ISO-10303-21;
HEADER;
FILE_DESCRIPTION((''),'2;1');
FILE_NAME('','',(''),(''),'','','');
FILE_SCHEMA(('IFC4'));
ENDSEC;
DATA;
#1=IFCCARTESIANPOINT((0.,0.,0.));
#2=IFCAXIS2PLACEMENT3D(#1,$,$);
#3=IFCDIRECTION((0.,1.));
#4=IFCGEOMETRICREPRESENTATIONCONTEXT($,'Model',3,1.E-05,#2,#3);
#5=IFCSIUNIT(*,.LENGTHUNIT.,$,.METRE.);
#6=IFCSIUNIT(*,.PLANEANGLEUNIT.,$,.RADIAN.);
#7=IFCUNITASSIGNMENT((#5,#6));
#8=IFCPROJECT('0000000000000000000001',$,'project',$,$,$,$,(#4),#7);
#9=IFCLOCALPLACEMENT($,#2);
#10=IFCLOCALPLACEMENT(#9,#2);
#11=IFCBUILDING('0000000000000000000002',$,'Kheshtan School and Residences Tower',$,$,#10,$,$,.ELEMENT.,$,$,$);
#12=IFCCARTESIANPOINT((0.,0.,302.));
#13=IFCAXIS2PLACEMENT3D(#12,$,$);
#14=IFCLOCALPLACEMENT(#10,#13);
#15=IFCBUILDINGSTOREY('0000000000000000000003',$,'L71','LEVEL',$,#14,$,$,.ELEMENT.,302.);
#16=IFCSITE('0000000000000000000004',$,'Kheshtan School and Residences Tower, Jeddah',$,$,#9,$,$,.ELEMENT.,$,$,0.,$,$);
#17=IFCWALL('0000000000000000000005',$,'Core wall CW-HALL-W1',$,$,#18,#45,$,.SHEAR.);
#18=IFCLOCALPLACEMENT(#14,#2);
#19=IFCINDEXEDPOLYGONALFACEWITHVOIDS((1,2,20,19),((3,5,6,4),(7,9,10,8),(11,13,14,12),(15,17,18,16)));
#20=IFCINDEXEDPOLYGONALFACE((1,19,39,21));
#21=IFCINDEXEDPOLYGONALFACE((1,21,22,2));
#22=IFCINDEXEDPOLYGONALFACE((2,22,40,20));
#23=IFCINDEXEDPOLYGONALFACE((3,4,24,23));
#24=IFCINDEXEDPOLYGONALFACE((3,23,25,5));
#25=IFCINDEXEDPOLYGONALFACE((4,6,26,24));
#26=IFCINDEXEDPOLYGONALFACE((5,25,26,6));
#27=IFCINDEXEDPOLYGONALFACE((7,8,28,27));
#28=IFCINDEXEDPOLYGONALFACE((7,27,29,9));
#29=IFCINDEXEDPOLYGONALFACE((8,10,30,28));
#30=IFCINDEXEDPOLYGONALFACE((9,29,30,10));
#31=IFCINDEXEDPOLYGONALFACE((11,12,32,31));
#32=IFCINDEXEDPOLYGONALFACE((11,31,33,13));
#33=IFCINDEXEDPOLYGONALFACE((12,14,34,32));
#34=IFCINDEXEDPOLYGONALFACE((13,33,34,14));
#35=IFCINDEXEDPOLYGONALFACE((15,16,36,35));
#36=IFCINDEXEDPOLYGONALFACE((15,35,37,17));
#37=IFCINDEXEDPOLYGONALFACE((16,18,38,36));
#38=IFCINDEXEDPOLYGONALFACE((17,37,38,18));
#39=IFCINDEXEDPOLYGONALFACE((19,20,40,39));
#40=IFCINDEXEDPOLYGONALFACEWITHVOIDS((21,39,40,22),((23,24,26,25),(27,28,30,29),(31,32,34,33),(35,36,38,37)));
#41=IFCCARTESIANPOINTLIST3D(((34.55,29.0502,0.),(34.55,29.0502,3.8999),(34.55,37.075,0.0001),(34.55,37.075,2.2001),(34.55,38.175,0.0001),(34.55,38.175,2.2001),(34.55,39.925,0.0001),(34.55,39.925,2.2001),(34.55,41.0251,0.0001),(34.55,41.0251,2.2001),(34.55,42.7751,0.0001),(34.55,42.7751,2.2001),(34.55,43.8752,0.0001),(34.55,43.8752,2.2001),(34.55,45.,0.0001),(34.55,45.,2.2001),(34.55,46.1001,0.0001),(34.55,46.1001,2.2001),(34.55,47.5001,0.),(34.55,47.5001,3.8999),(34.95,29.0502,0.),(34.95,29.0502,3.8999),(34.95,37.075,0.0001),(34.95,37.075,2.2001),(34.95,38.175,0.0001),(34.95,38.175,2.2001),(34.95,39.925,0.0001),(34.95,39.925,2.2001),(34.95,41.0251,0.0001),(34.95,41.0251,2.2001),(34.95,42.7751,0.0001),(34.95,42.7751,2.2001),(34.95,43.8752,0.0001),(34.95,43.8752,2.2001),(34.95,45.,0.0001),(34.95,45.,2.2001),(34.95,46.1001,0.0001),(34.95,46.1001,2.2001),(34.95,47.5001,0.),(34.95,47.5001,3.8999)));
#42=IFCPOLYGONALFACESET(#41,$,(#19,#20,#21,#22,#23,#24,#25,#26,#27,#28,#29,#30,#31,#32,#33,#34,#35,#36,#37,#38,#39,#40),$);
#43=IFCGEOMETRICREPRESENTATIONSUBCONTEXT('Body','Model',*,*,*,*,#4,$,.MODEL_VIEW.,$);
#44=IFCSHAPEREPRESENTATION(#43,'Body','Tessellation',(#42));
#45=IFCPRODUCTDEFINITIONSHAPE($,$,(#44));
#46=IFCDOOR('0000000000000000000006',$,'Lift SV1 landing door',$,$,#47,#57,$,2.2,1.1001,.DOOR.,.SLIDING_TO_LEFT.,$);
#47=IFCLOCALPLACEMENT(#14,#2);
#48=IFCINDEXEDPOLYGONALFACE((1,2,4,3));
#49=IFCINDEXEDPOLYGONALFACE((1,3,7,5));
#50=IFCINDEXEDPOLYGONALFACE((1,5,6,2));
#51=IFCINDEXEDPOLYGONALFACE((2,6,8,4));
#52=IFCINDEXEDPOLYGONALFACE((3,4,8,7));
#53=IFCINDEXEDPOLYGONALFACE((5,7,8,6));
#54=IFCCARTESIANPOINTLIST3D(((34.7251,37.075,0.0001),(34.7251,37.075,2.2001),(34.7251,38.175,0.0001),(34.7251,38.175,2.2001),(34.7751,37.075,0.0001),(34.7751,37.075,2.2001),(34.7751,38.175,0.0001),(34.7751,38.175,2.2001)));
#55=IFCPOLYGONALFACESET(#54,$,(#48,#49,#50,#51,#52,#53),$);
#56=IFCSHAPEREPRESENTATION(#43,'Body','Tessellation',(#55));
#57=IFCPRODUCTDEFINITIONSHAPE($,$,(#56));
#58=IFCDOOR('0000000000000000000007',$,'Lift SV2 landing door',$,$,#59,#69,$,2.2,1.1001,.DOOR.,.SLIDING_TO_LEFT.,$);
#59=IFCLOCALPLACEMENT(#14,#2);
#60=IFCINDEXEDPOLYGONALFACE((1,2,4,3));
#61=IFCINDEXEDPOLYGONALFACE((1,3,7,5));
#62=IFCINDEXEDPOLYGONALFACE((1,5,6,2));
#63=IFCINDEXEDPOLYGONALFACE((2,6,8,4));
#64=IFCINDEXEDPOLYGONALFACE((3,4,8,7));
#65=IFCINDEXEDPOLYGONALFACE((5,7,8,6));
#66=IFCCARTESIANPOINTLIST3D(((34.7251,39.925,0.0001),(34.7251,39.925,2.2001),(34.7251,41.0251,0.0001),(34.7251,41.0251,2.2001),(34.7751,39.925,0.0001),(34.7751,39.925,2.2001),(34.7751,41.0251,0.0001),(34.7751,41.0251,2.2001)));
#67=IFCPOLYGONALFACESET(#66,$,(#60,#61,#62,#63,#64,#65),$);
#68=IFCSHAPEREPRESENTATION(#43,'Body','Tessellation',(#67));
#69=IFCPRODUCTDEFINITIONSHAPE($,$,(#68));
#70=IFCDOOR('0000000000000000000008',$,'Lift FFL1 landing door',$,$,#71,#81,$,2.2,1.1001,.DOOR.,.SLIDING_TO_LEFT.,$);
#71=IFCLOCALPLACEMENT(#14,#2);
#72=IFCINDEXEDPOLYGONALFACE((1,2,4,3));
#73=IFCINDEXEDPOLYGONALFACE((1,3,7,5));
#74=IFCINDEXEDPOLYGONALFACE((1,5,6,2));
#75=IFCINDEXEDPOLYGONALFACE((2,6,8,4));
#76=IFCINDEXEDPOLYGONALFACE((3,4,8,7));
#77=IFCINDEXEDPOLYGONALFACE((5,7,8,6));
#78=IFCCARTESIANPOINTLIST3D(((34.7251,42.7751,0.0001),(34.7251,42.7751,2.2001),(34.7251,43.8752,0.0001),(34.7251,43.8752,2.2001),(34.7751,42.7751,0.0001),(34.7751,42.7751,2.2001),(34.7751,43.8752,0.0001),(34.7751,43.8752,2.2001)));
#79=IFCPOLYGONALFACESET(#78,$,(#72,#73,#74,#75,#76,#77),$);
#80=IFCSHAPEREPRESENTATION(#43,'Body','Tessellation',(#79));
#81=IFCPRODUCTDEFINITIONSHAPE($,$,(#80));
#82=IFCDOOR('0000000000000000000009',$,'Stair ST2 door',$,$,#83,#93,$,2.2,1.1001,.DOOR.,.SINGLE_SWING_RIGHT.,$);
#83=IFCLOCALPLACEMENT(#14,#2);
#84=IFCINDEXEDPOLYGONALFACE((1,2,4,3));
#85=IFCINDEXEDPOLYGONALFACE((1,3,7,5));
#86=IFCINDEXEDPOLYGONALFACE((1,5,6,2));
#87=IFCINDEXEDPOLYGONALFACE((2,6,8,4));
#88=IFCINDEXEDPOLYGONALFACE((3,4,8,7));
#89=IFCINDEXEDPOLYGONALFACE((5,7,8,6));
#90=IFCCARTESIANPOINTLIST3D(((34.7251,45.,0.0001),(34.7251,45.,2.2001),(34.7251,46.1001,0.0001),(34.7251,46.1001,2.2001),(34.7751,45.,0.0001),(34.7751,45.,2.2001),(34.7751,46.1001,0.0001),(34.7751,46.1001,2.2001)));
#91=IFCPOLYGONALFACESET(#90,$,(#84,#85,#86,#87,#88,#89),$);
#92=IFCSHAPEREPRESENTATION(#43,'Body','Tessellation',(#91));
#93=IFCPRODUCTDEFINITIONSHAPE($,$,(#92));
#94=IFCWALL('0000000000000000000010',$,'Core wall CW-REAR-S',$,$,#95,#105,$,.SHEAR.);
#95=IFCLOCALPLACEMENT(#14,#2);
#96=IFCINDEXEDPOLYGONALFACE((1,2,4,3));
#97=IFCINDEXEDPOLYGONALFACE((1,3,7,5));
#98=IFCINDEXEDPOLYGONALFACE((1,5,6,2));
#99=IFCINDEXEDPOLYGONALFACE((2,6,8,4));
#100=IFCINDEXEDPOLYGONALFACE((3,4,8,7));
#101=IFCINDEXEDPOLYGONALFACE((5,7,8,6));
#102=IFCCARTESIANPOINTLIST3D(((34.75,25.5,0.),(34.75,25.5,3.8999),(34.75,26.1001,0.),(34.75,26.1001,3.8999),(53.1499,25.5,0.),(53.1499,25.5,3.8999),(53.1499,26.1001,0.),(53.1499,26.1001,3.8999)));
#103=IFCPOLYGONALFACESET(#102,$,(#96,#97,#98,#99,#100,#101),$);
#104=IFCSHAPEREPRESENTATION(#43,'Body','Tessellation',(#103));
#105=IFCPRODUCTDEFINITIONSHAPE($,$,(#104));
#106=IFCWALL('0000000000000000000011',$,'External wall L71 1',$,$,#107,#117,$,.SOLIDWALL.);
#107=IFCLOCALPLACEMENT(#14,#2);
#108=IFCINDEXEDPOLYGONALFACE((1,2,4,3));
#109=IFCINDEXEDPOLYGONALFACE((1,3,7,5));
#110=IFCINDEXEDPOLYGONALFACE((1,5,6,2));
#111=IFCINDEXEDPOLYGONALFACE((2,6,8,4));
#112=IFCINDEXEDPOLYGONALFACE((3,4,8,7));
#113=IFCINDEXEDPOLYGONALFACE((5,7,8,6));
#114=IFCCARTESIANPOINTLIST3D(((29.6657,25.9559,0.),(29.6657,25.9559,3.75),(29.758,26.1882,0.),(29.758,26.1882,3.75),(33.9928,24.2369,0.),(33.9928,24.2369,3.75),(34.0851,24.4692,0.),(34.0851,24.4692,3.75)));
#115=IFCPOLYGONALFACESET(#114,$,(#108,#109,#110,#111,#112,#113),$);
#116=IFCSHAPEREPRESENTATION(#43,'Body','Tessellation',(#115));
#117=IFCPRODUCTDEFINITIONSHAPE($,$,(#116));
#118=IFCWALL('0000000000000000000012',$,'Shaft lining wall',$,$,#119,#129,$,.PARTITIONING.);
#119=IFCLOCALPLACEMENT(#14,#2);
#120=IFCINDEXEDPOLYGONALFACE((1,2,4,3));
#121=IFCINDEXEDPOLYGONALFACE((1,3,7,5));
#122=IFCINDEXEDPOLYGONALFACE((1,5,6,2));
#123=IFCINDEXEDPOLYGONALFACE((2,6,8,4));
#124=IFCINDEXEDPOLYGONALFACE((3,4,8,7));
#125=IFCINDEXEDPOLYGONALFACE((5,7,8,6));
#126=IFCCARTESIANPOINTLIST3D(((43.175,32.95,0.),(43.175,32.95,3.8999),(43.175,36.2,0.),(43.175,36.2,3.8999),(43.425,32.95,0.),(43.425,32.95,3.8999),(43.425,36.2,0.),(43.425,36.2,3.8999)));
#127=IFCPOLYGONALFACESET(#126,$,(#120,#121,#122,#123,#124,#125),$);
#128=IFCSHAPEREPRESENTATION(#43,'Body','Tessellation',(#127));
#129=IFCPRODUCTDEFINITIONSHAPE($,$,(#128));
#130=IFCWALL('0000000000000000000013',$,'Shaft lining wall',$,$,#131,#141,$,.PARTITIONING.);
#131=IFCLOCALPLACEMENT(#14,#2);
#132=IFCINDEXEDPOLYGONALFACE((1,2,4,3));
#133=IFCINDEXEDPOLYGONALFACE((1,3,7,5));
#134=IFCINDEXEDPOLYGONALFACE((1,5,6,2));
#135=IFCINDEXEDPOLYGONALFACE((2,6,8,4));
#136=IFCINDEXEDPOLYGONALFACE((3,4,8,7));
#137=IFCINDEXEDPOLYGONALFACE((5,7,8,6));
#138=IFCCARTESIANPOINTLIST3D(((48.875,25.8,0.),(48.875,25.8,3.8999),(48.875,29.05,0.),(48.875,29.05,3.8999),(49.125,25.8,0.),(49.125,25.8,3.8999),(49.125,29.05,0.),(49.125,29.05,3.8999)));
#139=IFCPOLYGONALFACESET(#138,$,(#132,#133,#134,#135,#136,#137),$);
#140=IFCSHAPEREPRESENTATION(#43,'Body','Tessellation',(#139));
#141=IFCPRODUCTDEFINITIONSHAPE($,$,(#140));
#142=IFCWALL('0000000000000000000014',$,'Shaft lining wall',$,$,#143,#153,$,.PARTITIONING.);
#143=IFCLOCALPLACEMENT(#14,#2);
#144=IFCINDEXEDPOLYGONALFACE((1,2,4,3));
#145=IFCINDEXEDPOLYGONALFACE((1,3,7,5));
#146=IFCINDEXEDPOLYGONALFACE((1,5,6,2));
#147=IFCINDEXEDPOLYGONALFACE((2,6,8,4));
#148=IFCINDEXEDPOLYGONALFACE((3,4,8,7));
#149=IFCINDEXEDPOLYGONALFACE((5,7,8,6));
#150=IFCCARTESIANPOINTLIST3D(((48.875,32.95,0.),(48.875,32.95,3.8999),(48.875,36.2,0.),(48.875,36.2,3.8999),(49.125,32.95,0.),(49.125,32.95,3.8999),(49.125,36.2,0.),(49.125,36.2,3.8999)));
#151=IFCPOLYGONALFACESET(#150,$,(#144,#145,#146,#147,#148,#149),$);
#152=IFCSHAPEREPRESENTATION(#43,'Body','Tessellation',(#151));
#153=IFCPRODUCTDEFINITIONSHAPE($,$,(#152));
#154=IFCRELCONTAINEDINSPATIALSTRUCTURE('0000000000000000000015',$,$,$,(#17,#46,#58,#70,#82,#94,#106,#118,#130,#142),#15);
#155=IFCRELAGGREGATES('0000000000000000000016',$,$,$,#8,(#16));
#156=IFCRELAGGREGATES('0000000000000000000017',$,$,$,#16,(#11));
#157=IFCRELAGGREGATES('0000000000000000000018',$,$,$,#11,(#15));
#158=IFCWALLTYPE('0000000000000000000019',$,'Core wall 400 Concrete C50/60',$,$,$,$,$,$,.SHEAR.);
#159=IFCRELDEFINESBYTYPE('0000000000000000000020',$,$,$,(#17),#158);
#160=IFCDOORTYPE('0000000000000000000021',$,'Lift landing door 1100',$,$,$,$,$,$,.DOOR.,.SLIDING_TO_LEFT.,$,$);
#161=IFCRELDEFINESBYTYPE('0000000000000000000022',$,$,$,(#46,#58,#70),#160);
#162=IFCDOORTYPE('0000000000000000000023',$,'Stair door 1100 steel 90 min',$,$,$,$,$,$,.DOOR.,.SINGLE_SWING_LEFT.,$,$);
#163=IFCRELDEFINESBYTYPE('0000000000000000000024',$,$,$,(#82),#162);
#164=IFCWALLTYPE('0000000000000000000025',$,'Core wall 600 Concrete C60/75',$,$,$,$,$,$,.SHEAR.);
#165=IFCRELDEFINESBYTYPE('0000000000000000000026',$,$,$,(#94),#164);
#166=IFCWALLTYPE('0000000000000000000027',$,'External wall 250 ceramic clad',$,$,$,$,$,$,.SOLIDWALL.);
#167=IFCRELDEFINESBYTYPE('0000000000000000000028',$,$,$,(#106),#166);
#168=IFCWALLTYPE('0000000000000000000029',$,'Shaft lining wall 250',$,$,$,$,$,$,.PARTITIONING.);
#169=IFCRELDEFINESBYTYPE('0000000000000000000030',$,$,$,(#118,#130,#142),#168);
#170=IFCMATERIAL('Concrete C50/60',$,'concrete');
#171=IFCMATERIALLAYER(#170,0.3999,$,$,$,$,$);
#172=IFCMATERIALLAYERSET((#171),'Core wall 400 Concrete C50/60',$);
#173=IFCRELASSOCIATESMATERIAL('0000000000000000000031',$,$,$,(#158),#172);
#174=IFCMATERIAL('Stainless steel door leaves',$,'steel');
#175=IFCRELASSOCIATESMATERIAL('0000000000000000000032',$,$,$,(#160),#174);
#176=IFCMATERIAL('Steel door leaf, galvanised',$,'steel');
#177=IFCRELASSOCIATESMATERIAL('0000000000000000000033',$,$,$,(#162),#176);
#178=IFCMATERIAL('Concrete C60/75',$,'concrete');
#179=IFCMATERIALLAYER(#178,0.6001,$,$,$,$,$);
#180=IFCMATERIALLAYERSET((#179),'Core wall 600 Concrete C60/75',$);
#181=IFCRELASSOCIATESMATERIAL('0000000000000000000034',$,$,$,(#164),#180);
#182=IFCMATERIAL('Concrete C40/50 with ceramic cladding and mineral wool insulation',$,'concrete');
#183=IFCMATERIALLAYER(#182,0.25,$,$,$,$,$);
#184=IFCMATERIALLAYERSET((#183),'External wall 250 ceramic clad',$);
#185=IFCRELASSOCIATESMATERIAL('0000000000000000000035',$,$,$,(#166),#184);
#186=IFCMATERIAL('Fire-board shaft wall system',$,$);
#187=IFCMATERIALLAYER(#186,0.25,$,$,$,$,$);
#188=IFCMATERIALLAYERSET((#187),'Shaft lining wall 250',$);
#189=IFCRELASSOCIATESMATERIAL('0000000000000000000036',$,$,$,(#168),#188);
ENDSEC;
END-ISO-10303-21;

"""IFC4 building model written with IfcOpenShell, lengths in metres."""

from ifc_helpers import new_model, si_unit, direction, frame, frame_2d, origin, place, context, subcontext, project, spatial, rectangle, extrude, source, transform, mapped, material, layer, layer_set, type_object, element, fill, save


model = new_model("IFC4")

# Units and contexts
model_context = context("Model", 3, precision=1e-05, world=origin(), true_north=direction((0.0, 1.0)))
body_context = subcontext(model_context, "Body", "Model", "MODEL_VIEW")
ifc_project = project(units=[si_unit("LENGTHUNIT", "METRE"), si_unit("PLANEANGLEUNIT", "RADIAN")], contexts=[model_context])

# Site, building, storey
site_placement = place(None, origin())
site = spatial("IfcSite", under=ifc_project, at=site_placement, Name="Kheshtan School and Residences Tower, Jeddah", CompositionType="ELEMENT", RefElevation=0.0)
building_placement = place(site_placement, origin())
building = spatial("IfcBuilding", under=site, at=building_placement, Name="Kheshtan School and Residences Tower", CompositionType="ELEMENT")
storey_placement = place(building_placement, frame((0.0, 0.0, 302.0)))
storey = spatial("IfcBuildingStorey", under=building, at=storey_placement, Name="L71", Description="LEVEL", CompositionType="ELEMENT", Elevation=302.0)

# Wall, openings, doors
ifc_material_1 = material(Name="Concrete C50/60", Category="concrete")
ifc_layer_1 = layer(ifc_material_1, 0.3999)
ifc_layer_set_1 = layer_set([ifc_layer_1], Name="Core wall 400 Concrete C50/60")
wall_type_1 = type_object("IfcWallType", Name="Core wall 400 Concrete C50/60", PredefinedType="SHEAR", material=ifc_layer_set_1)
ifc_material_2 = material(Name="Stainless steel door leaves", Category="steel")
door_type_1 = type_object("IfcDoorType", Name="Lift landing door 1100", OperationType="SLIDING_TO_LEFT", PredefinedType="DOOR", material=ifc_material_2)
shared_shape_1 = source(origin(), body_context, "Body", "SweptSolid", [
    extrude(rectangle(XDim=1.1001, YDim=2.2, at=frame_2d((0.55, 1.1001))), frame((0.0, 0.0249, 0.0), z_axis=(0.0, -1.0, 0.0), x_axis=(1.0, 0.0, 0.0)), (0.0, 0.0, 1.0), 0.05),
])
ifc_material_3 = material(Name="Steel door leaf, galvanised", Category="steel")
wall_1_placement = place(storey_placement, frame((34.75, 29.05, 0.0), z_axis=(0.0, 0.0, 1.0), x_axis=(0.0, 1.0, 0.0)))
wall_1 = element("IfcWall", 1, at=wall_1_placement, inside=storey, type_object=wall_type_1, Name="Core wall CW-HALL-W1", PredefinedType="SHEAR", context=body_context, shape_type="SweptSolid", body=[
    extrude(rectangle(XDim=18.45, YDim=0.3999, at=frame_2d((9.2251, 0.0))), origin(), (0.0, 0.0, 1.0), 3.8999),
])
opening_1_placement = place(wall_1_placement, frame((8.0249, 0.0, 0.0)))
opening_1 = element("IfcOpeningElement", 2, at=opening_1_placement, cuts=wall_1, PredefinedType="OPENING", context=body_context, shape_type="SweptSolid", body=[
    extrude(rectangle(XDim=1.1001, YDim=2.2, at=frame_2d((0.55, 1.1001))), frame((0.0, 0.21, 0.0), z_axis=(0.0, -1.0, 0.0), x_axis=(1.0, 0.0, 0.0)), (0.0, 0.0, 1.0), 0.4199),
])
opening_2_placement = place(wall_1_placement, frame((10.875, 0.0, 0.0)))
opening_2 = element("IfcOpeningElement", 3, at=opening_2_placement, cuts=wall_1, PredefinedType="OPENING", context=body_context, shape_type="SweptSolid", body=[
    extrude(rectangle(XDim=1.1001, YDim=2.2, at=frame_2d((0.55, 1.1001))), frame((0.0, 0.21, 0.0), z_axis=(0.0, -1.0, 0.0), x_axis=(1.0, 0.0, 0.0)), (0.0, 0.0, 1.0), 0.4199),
])
opening_3_placement = place(wall_1_placement, frame((13.7251, 0.0, 0.0)))
opening_3 = element("IfcOpeningElement", 4, at=opening_3_placement, cuts=wall_1, PredefinedType="OPENING", context=body_context, shape_type="SweptSolid", body=[
    extrude(rectangle(XDim=1.1001, YDim=2.2, at=frame_2d((0.55, 1.1001))), frame((0.0, 0.21, 0.0), z_axis=(0.0, -1.0, 0.0), x_axis=(1.0, 0.0, 0.0)), (0.0, 0.0, 1.0), 0.4199),
])
opening_4_placement = place(wall_1_placement, frame((15.95, 0.0, 0.0)))
opening_4 = element("IfcOpeningElement", 5, at=opening_4_placement, cuts=wall_1, PredefinedType="OPENING", context=body_context, shape_type="SweptSolid", body=[
    extrude(rectangle(XDim=1.1001, YDim=2.2, at=frame_2d((0.55, 1.1001))), frame((0.0, 0.21, 0.0), z_axis=(0.0, -1.0, 0.0), x_axis=(1.0, 0.0, 0.0)), (0.0, 0.0, 1.0), 0.4199),
])
door_1_placement = place(opening_1_placement, origin())
door_1 = element("IfcDoor", 6, at=door_1_placement, inside=storey, type_object=door_type_1, Name="Lift SV1 landing door", OperationType="SLIDING_TO_LEFT", OverallHeight=2.2, OverallWidth=1.1001, PredefinedType="DOOR", context=body_context, shape_type="MappedRepresentation", body=[
    mapped(shared_shape_1, transform((0.0, 0.0, 0.0), x_axis=(1.0, 0.0, 0.0), y_axis=(0.0, 1.0, 0.0), z_axis=(0.0, 0.0, 1.0), scale=1.0)),
])
fill(opening_1, door_1)
door_2_placement = place(opening_2_placement, origin())
door_2 = element("IfcDoor", 7, at=door_2_placement, inside=storey, type_object=door_type_1, Name="Lift SV2 landing door", OperationType="SLIDING_TO_LEFT", OverallHeight=2.2, OverallWidth=1.1001, PredefinedType="DOOR", context=body_context, shape_type="MappedRepresentation", body=[
    mapped(shared_shape_1, transform((0.0, 0.0, 0.0), x_axis=(1.0, 0.0, 0.0), y_axis=(0.0, 1.0, 0.0), z_axis=(0.0, 0.0, 1.0), scale=1.0)),
])
fill(opening_2, door_2)
door_3_placement = place(opening_3_placement, origin())
door_3 = element("IfcDoor", 8, at=door_3_placement, inside=storey, type_object=door_type_1, Name="Lift FFL1 landing door", OperationType="SLIDING_TO_LEFT", OverallHeight=2.2, OverallWidth=1.1001, PredefinedType="DOOR", context=body_context, shape_type="MappedRepresentation", body=[
    mapped(shared_shape_1, transform((0.0, 0.0, 0.0), x_axis=(1.0, 0.0, 0.0), y_axis=(0.0, 1.0, 0.0), z_axis=(0.0, 0.0, 1.0), scale=1.0)),
])
fill(opening_3, door_3)
door_type_2 = type_object("IfcDoorType", Name="Stair door 1100 steel 90 min", OperationType="SINGLE_SWING_LEFT", PredefinedType="DOOR", material=ifc_material_3)
shared_shape_2 = source(origin(), body_context, "Body", "SweptSolid", [
    extrude(rectangle(XDim=1.1001, YDim=2.2, at=frame_2d((0.55, 1.1001))), frame((0.0, 0.0249, 0.0), z_axis=(0.0, -1.0, 0.0), x_axis=(1.0, 0.0, 0.0)), (0.0, 0.0, 1.0), 0.05),
])
door_4_placement = place(opening_4_placement, origin())
door_4 = element("IfcDoor", 9, at=door_4_placement, inside=storey, type_object=door_type_2, Name="Stair ST2 door", OperationType="SINGLE_SWING_RIGHT", OverallHeight=2.2, OverallWidth=1.1001, PredefinedType="DOOR", context=body_context, shape_type="MappedRepresentation", body=[
    mapped(shared_shape_2, transform((0.0, 0.0, 0.0), x_axis=(1.0, 0.0, 0.0), y_axis=(0.0, 1.0, 0.0), z_axis=(0.0, 0.0, 1.0), scale=1.0)),
])
fill(opening_4, door_4)

# Walls
ifc_material_4 = material(Name="Concrete C60/75", Category="concrete")
ifc_layer_2 = layer(ifc_material_4, 0.6001)
ifc_layer_set_2 = layer_set([ifc_layer_2], Name="Core wall 600 Concrete C60/75")
wall_type_2 = type_object("IfcWallType", Name="Core wall 600 Concrete C60/75", PredefinedType="SHEAR", material=ifc_layer_set_2)
wall_2_placement = place(storey_placement, frame((34.75, 25.8, 0.0), z_axis=(0.0, 0.0, 1.0), x_axis=(1.0, 0.0, 0.0)))
element("IfcWall", 10, at=wall_2_placement, inside=storey, type_object=wall_type_2, Name="Core wall CW-REAR-S", PredefinedType="SHEAR", context=body_context, shape_type="SweptSolid", body=[
    extrude(rectangle(XDim=18.3999, YDim=0.6001, at=frame_2d((9.2, 0.0))), origin(), (0.0, 0.0, 1.0), 3.8999),
])
ifc_material_5 = material(Name="Concrete C40/50 with ceramic cladding and mineral wool insulation", Category="concrete")
ifc_layer_3 = layer(ifc_material_5, 0.25)
ifc_layer_set_3 = layer_set([ifc_layer_3], Name="External wall 250 ceramic clad")
wall_type_3 = type_object("IfcWallType", Name="External wall 250 ceramic clad", PredefinedType="SOLIDWALL", material=ifc_layer_set_3)
wall_3_placement = place(storey_placement, frame((34.0391, 24.353, 0.0), z_axis=(0.0, 0.0, 1.0), x_axis=(-0.929353, 0.369193, 0.0)))
element("IfcWall", 11, at=wall_3_placement, inside=storey, type_object=wall_type_3, Name="External wall L71 1", PredefinedType="SOLIDWALL", context=body_context, shape_type="SweptSolid", body=[
    extrude(rectangle(XDim=4.656, YDim=0.25, at=frame_2d((2.3281, 0.0))), origin(), (0.0, 0.0, 1.0), 3.75),
])
ifc_material_6 = material(Name="Fire-board shaft wall system")
ifc_layer_4 = layer(ifc_material_6, 0.25)
ifc_layer_set_4 = layer_set([ifc_layer_4], Name="Shaft lining wall 250")
wall_type_4 = type_object("IfcWallType", Name="Shaft lining wall 250", PredefinedType="PARTITIONING", material=ifc_layer_set_4)
for number, where, z_axis, x_axis, name in (
    (12, (43.3, 32.95, 0.0), (0.0, 0.0, 1.0), (0.0, 1.0, 0.0), "Shaft lining wall"),
    (13, (49.0, 25.8, 0.0), (0.0, 0.0, 1.0), (0.0, 1.0, 0.0), "Shaft lining wall"),
    (14, (49.0, 32.95, 0.0), (0.0, 0.0, 1.0), (0.0, 1.0, 0.0), "Shaft lining wall"),
):
    element("IfcWall", number, at=place(storey_placement, frame(where, z_axis=z_axis, x_axis=x_axis)), inside=storey, type_object=wall_type_4, Name=name, PredefinedType="PARTITIONING", context=body_context, shape_type="SweptSolid", body=[
        extrude(rectangle(XDim=3.25, YDim=0.25, at=frame_2d((1.625, 0.0))), origin(), (0.0, 0.0, 1.0), 3.8999),
    ])

save(model, "model.ifc")
